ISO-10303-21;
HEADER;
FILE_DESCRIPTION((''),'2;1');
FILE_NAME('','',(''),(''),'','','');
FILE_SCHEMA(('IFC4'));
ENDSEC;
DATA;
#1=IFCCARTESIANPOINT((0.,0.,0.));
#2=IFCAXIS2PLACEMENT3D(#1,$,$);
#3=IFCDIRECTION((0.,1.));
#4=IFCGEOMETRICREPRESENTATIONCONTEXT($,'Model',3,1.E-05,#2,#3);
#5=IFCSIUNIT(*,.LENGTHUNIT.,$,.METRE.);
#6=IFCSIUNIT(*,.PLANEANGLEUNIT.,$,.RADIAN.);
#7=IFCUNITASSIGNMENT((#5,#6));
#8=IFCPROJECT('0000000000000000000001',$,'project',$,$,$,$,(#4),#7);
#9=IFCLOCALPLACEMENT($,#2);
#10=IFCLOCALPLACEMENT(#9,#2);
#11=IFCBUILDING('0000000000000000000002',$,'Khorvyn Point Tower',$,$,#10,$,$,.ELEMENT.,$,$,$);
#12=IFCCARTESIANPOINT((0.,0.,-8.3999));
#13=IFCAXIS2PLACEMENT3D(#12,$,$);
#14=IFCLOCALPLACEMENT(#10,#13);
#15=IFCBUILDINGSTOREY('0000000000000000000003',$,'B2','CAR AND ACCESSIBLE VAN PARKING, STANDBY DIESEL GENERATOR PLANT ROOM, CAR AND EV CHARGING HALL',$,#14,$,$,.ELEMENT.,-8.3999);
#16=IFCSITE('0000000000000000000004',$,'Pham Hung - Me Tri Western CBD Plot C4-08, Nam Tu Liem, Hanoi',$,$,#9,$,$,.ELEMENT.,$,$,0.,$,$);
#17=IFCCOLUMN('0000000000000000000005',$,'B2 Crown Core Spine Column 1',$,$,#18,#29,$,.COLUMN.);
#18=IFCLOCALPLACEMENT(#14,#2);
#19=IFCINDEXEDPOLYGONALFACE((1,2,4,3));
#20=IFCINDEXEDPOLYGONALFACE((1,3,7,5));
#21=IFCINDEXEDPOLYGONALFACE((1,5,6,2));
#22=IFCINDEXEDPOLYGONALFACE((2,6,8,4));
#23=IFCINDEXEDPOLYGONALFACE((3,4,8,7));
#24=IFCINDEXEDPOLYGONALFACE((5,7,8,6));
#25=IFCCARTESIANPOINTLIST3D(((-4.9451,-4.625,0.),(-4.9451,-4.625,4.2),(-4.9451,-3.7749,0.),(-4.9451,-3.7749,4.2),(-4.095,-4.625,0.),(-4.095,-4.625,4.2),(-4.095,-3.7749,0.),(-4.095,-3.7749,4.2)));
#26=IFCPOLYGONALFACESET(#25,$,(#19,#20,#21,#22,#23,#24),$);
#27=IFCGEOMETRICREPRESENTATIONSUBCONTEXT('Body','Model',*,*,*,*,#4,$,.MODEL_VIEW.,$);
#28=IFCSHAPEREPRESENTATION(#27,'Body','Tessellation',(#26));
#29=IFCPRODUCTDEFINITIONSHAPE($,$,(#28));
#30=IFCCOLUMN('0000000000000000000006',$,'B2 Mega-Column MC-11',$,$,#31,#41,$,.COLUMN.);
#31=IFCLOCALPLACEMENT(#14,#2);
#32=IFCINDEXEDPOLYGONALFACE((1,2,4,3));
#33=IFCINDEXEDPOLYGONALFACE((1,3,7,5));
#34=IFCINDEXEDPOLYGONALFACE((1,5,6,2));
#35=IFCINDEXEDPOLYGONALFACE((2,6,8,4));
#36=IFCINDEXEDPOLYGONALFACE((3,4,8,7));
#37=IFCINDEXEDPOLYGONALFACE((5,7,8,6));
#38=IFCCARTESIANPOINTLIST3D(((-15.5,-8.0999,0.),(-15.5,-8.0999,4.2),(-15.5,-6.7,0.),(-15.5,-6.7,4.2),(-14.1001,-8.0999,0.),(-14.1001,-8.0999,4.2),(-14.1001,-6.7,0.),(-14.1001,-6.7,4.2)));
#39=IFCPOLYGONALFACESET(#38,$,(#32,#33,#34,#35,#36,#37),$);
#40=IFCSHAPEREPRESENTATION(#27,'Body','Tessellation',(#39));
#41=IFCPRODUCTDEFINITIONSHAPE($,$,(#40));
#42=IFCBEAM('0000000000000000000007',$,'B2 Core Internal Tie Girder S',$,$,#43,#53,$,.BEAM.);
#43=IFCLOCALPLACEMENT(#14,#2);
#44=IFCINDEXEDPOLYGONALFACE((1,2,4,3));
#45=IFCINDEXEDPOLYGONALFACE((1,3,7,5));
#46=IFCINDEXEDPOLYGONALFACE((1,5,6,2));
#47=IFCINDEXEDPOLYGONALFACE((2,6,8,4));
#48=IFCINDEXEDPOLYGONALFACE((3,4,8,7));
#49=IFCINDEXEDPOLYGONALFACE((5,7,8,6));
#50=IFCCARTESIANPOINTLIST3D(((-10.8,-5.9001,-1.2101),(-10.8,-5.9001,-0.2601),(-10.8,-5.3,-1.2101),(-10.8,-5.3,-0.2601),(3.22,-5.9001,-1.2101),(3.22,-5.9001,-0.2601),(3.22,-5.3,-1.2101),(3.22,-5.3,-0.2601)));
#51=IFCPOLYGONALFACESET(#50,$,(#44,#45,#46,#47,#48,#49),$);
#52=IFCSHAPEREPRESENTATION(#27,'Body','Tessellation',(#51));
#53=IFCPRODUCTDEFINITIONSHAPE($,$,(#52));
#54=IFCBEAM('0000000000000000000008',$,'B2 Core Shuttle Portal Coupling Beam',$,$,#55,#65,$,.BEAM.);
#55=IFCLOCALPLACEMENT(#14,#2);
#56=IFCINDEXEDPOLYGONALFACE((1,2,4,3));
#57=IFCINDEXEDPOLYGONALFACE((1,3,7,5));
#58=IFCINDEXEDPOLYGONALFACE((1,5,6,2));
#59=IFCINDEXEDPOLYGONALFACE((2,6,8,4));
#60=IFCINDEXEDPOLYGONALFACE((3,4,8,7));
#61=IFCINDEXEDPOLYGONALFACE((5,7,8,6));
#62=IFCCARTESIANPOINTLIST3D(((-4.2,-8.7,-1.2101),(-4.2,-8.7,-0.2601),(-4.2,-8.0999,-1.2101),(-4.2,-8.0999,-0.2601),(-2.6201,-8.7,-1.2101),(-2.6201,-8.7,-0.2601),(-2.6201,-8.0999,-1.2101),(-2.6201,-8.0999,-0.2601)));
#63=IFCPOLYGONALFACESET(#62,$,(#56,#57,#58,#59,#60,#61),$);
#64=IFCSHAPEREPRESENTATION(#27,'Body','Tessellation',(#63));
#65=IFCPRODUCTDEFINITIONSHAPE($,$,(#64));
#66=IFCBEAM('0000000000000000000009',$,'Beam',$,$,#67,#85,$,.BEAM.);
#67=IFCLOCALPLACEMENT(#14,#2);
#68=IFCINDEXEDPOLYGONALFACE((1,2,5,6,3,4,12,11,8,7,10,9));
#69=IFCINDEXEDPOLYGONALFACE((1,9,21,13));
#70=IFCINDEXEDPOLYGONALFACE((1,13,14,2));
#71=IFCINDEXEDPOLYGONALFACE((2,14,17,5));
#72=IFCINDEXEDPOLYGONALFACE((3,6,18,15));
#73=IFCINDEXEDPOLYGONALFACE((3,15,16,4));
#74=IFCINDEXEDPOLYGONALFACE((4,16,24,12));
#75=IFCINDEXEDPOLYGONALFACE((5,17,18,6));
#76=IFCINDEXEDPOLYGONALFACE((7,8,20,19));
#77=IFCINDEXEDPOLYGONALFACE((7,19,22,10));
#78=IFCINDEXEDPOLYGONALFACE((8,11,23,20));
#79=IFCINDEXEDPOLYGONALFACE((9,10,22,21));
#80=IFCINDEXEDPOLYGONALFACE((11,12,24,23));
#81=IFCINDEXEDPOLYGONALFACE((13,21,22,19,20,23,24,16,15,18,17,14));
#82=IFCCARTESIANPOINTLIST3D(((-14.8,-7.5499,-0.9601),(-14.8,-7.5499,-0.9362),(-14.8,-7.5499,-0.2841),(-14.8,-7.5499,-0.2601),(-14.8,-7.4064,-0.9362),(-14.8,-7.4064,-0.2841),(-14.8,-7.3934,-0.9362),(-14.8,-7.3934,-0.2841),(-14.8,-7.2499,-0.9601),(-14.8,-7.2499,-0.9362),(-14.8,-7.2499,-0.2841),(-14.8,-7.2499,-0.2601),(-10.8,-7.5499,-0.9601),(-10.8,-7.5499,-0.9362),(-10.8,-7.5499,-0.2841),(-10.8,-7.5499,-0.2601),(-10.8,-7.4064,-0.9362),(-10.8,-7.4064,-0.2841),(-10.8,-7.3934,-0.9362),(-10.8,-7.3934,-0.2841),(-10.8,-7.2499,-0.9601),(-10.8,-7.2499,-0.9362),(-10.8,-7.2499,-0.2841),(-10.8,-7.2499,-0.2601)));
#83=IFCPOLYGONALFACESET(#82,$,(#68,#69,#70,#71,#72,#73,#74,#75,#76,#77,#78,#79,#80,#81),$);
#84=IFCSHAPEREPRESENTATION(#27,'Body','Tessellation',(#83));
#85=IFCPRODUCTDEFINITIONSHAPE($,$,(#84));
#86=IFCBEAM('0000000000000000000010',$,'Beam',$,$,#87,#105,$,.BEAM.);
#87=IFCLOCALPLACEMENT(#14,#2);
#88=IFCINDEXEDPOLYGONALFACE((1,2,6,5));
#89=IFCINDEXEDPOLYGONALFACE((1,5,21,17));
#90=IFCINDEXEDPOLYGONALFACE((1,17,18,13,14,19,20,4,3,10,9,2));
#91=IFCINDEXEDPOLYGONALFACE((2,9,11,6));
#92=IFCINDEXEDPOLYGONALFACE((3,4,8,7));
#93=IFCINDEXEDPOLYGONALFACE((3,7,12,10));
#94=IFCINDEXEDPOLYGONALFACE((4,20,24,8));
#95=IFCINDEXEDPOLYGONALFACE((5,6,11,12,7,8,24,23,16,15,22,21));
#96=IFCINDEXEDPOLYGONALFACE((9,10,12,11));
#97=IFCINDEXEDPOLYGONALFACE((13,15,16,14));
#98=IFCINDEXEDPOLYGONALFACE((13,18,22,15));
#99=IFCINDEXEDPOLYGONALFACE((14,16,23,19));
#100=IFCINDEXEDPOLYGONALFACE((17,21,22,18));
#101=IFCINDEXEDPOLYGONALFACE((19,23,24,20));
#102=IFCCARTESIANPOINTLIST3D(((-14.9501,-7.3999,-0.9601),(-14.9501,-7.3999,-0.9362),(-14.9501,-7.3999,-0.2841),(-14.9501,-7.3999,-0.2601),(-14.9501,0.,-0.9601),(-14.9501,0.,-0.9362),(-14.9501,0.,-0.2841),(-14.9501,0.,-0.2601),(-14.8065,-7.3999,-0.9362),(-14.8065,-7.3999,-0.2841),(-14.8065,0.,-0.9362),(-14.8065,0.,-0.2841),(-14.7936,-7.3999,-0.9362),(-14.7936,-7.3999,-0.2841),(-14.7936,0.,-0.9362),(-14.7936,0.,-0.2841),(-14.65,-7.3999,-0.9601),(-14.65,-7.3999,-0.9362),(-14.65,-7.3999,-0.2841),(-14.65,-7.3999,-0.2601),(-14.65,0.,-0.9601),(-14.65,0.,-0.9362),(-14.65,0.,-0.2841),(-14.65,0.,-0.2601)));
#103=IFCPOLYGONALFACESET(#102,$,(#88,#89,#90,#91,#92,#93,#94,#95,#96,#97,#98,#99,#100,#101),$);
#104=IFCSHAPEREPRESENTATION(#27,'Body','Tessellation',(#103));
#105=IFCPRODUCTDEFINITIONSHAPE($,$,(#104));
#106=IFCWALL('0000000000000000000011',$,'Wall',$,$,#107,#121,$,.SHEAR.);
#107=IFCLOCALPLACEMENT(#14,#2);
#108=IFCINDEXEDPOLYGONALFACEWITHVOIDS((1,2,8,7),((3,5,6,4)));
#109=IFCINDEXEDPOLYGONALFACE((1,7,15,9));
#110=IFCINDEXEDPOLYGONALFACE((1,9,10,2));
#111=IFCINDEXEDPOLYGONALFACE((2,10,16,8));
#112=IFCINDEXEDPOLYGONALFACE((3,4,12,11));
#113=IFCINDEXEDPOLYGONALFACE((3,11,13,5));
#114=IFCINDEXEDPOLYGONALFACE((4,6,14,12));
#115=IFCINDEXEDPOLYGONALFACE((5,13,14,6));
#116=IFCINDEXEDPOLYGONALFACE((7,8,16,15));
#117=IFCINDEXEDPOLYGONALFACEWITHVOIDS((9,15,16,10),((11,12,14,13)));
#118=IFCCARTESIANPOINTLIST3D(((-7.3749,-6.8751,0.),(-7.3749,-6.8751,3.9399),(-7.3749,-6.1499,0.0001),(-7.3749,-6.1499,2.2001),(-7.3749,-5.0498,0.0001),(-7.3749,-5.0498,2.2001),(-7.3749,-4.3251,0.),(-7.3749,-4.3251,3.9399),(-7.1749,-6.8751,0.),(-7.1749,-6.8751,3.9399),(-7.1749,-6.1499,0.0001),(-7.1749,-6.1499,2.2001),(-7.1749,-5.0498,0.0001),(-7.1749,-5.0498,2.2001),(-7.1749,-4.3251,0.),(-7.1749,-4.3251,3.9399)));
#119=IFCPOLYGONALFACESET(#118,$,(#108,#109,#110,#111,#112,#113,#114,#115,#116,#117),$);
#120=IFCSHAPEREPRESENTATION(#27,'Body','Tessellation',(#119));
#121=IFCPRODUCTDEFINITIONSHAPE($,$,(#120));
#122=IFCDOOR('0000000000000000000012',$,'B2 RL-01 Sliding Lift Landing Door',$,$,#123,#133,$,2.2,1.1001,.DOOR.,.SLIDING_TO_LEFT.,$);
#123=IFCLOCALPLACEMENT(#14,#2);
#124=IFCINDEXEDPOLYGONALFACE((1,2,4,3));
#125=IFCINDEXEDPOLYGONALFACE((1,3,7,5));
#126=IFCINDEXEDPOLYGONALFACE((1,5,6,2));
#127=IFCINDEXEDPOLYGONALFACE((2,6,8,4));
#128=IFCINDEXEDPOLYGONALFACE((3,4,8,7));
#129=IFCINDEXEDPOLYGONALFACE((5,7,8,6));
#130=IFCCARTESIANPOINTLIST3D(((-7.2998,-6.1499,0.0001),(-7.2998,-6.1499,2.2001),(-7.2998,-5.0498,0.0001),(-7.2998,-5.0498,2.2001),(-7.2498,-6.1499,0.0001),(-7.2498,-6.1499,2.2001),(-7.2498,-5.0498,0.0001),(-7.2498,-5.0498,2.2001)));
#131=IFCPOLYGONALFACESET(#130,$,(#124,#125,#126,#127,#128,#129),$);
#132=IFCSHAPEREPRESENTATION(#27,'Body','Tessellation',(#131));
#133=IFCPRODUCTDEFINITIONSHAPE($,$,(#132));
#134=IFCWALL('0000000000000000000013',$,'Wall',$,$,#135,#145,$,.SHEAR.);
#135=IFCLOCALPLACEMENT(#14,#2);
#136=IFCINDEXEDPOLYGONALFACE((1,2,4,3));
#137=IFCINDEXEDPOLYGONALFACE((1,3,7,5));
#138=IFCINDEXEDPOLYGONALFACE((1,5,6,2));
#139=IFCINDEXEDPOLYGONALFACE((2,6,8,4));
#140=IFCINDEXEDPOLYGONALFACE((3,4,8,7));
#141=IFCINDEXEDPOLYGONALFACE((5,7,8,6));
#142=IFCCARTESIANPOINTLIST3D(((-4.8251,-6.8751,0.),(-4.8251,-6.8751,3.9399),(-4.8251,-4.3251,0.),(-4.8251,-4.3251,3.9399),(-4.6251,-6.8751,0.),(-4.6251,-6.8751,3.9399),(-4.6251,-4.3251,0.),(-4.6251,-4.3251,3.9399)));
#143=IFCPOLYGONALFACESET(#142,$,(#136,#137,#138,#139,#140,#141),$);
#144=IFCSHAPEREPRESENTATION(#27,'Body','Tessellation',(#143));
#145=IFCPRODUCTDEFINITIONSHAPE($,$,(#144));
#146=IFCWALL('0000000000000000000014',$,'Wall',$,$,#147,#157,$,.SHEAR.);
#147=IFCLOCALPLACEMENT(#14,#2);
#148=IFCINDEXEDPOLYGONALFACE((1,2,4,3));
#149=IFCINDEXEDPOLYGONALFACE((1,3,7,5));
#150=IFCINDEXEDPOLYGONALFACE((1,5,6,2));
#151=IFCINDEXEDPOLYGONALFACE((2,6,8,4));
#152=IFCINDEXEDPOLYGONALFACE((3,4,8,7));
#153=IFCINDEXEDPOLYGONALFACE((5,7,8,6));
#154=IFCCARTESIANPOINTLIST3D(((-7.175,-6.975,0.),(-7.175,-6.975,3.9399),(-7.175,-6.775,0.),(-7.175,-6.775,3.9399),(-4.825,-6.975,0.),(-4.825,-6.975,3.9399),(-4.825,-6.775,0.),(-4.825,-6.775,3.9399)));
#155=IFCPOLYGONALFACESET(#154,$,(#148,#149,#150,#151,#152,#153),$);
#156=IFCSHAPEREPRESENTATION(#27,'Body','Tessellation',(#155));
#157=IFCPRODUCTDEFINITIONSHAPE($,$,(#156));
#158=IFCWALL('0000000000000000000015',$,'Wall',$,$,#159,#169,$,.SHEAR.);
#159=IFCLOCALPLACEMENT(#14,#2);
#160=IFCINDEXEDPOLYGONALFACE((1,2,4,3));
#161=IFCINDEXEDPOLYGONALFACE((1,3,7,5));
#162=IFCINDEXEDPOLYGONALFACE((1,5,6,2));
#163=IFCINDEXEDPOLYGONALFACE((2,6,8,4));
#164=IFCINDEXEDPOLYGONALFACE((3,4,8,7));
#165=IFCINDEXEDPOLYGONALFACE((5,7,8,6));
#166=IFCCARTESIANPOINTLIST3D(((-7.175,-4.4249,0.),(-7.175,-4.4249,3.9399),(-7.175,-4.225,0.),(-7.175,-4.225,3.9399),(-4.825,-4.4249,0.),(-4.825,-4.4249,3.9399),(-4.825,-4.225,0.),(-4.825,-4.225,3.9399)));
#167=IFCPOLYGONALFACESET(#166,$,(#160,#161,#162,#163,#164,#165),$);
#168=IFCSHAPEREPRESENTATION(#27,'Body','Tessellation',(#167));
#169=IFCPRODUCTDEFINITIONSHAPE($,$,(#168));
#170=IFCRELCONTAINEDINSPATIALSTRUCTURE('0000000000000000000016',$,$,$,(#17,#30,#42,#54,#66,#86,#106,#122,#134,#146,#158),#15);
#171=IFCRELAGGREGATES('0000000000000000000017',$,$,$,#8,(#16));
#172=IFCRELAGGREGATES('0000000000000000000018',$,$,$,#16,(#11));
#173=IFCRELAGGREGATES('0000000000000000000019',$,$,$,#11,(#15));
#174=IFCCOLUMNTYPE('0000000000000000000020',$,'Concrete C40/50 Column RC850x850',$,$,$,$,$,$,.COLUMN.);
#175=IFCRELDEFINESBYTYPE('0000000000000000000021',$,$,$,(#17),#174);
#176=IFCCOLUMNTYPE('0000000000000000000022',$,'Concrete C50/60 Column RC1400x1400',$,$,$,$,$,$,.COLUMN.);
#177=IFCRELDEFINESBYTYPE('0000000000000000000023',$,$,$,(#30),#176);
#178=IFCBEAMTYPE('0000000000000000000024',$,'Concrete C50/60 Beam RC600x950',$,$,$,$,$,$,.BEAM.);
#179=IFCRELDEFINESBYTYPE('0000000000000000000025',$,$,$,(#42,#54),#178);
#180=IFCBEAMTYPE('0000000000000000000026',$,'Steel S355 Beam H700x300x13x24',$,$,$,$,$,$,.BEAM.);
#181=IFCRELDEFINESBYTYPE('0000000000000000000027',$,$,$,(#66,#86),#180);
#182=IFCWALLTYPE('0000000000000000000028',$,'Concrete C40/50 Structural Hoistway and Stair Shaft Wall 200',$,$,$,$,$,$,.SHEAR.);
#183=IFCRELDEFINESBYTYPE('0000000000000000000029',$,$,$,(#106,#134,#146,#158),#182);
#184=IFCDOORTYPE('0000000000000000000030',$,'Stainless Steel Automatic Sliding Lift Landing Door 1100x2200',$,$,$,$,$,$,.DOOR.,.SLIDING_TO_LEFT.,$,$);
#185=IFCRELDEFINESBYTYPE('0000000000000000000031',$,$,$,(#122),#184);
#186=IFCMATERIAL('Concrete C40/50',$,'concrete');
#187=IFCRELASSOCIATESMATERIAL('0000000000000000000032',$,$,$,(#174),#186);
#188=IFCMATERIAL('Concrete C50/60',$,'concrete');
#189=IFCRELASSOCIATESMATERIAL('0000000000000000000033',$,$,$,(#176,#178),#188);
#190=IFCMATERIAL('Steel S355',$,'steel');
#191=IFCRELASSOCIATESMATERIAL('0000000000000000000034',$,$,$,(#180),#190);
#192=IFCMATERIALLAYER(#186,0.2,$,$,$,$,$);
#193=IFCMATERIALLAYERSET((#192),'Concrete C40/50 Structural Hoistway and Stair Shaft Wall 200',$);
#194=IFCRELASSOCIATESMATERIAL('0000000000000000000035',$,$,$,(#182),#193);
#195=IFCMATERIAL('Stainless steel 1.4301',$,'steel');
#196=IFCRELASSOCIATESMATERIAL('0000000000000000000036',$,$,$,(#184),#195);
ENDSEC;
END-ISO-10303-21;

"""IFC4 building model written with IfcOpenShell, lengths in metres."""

from ifc_helpers import new_model, si_unit, direction, frame, frame_2d, origin, origin_2d, place, context, subcontext, project, spatial, rectangle, i_section, extrude, material, layer, layer_set, material_profile, profile_set, type_object, element, fill, save


model = new_model("IFC4")

# Units and contexts
model_context = context("Model", 3, precision=1e-05, world=origin(), true_north=direction((0.0, 1.0)))
body_context = subcontext(model_context, "Body", "Model", "MODEL_VIEW")
ifc_project = project(units=[si_unit("LENGTHUNIT", "METRE"), si_unit("PLANEANGLEUNIT", "RADIAN")], contexts=[model_context])

# Site, building, storey
site_placement = place(None, origin())
site = spatial("IfcSite", under=ifc_project, at=site_placement, Name="Pham Hung - Me Tri Western CBD Plot C4-08, Nam Tu Liem, Hanoi", CompositionType="ELEMENT", RefElevation=0.0)
building_placement = place(site_placement, origin())
building = spatial("IfcBuilding", under=site, at=building_placement, Name="Khorvyn Point Tower", CompositionType="ELEMENT")
storey_placement = place(building_placement, frame((0.0, 0.0, -8.3999)))
storey = spatial("IfcBuildingStorey", under=building, at=storey_placement, Name="B2", Description="CAR AND ACCESSIBLE VAN PARKING, STANDBY DIESEL GENERATOR PLANT ROOM, CAR AND EV CHARGING HALL", CompositionType="ELEMENT", Elevation=-8.3999)

# Columns
ifc_material_1 = material(Name="Concrete C40/50", Category="concrete")
ifc_material_profile_1 = material_profile(ifc_material_1, rectangle(XDim=0.8501, YDim=0.8501, at=origin_2d()))
ifc_profile_set_1 = profile_set([ifc_material_profile_1], Name="Concrete C40/50 RC850x850")
column_type_1 = type_object("IfcColumnType", Name="Concrete C40/50 Column RC850x850", PredefinedType="COLUMN", material=ifc_profile_set_1)
column_1_placement = place(storey_placement, frame((-4.52, -4.2, 0.0), z_axis=(0.0, 0.0, 1.0), x_axis=(1.0, 0.0, 0.0)))
element("IfcColumn", 1, at=column_1_placement, inside=storey, type_object=column_type_1, Name="B2 Crown Core Spine Column 1", PredefinedType="COLUMN", context=body_context, shape_type="SweptSolid", body=[
    extrude(rectangle(XDim=0.8501, YDim=0.8501, at=origin_2d()), origin(), (0.0, 0.0, 1.0), 4.2),
])
ifc_material_2 = material(Name="Concrete C50/60", Category="concrete")
ifc_material_profile_2 = material_profile(ifc_material_2, rectangle(XDim=1.3999, YDim=1.3999, at=origin_2d()))
ifc_profile_set_2 = profile_set([ifc_material_profile_2], Name="Concrete C50/60 RC1400x1400")
column_type_2 = type_object("IfcColumnType", Name="Concrete C50/60 Column RC1400x1400", PredefinedType="COLUMN", material=ifc_profile_set_2)
column_2_placement = place(storey_placement, frame((-14.8, -7.3999, 0.0), z_axis=(0.0, 0.0, 1.0), x_axis=(1.0, 0.0, 0.0)))
element("IfcColumn", 2, at=column_2_placement, inside=storey, type_object=column_type_2, Name="B2 Mega-Column MC-11", PredefinedType="COLUMN", context=body_context, shape_type="SweptSolid", body=[
    extrude(rectangle(XDim=1.3999, YDim=1.3999, at=origin_2d()), origin(), (0.0, 0.0, 1.0), 4.2),
])

# Beams
ifc_material_profile_3 = material_profile(ifc_material_2, rectangle(XDim=0.6001, YDim=0.95, at=origin_2d()))
ifc_profile_set_3 = profile_set([ifc_material_profile_3], Name="Concrete C50/60 RC600x950")
beam_type_1 = type_object("IfcBeamType", Name="Concrete C50/60 Beam RC600x950", PredefinedType="BEAM", material=ifc_profile_set_3)
beam_1_placement = place(storey_placement, frame((-10.8, -5.6001, -0.7351), z_axis=(1.0, 0.0, 0.0), x_axis=(0.0, 1.0, 0.0)))
element("IfcBeam", 3, at=beam_1_placement, inside=storey, type_object=beam_type_1, Name="B2 Core Internal Tie Girder S", PredefinedType="BEAM", context=body_context, shape_type="SweptSolid", body=[
    extrude(rectangle(XDim=0.6001, YDim=0.95, at=origin_2d()), origin(), (0.0, 0.0, 1.0), 14.02),
])
beam_2_placement = place(storey_placement, frame((-4.2, -8.3999, -0.7351), z_axis=(1.0, 0.0, 0.0), x_axis=(0.0, 1.0, 0.0)))
element("IfcBeam", 4, at=beam_2_placement, inside=storey, type_object=beam_type_1, Name="B2 Core Shuttle Portal Coupling Beam", PredefinedType="BEAM", context=body_context, shape_type="SweptSolid", body=[
    extrude(rectangle(XDim=0.6001, YDim=0.95, at=origin_2d()), origin(), (0.0, 0.0, 1.0), 1.5798),
])
ifc_material_3 = material(Name="Steel S355", Category="steel")
ifc_material_profile_4 = material_profile(ifc_material_3, i_section(OverallWidth=0.3, OverallDepth=0.7, WebThickness=0.0129, FlangeThickness=0.0239, at=origin_2d()))
ifc_profile_set_4 = profile_set([ifc_material_profile_4], Name="Steel S355 H700x300x13x24")
beam_type_2 = type_object("IfcBeamType", Name="Steel S355 Beam H700x300x13x24", PredefinedType="BEAM", material=ifc_profile_set_4)
beam_3_placement = place(storey_placement, frame((-14.8, -7.3999, -0.6101), z_axis=(1.0, 0.0, 0.0), x_axis=(0.0, 1.0, 0.0)))
element("IfcBeam", 5, at=beam_3_placement, inside=storey, type_object=beam_type_2, Name="Beam", PredefinedType="BEAM", context=body_context, shape_type="SweptSolid", body=[
    extrude(i_section(OverallWidth=0.3, OverallDepth=0.7, WebThickness=0.0129, FlangeThickness=0.0239, at=origin_2d()), origin(), (0.0, 0.0, 1.0), 4.0),
])
beam_4_placement = place(storey_placement, frame((-14.8, -7.3999, -0.6101), z_axis=(0.0, 1.0, 0.0), x_axis=(-1.0, 0.0, 0.0)))
element("IfcBeam", 6, at=beam_4_placement, inside=storey, type_object=beam_type_2, Name="Beam", PredefinedType="BEAM", context=body_context, shape_type="SweptSolid", body=[
    extrude(i_section(OverallWidth=0.3, OverallDepth=0.7, WebThickness=0.0129, FlangeThickness=0.0239, at=origin_2d()), origin(), (0.0, 0.0, 1.0), 7.3999),
])

# Wall, opening, door
ifc_layer_1 = layer(ifc_material_1, 0.2)
ifc_layer_set_1 = layer_set([ifc_layer_1], Name="Concrete C40/50 Structural Hoistway and Stair Shaft Wall 200")
wall_type_1 = type_object("IfcWallType", Name="Concrete C40/50 Structural Hoistway and Stair Shaft Wall 200", PredefinedType="SHEAR", material=ifc_layer_set_1)
wall_1_placement = place(storey_placement, frame((-7.2749, -6.875, 0.0), z_axis=(0.0, 0.0, 1.0), x_axis=(0.0, 1.0, 0.0)))
wall_1 = element("IfcWall", 7, at=wall_1_placement, inside=storey, type_object=wall_type_1, Name="Wall", PredefinedType="SHEAR", context=body_context, shape_type="SweptSolid", body=[
    extrude(rectangle(XDim=2.55, YDim=0.2, at=frame_2d((1.2749, 0.0))), origin(), (0.0, 0.0, 1.0), 3.9399),
])
opening_1_placement = place(wall_1_placement, frame((0.7251, 0.0, 0.0)))
opening_1 = element("IfcOpeningElement", 8, at=opening_1_placement, cuts=wall_1, PredefinedType="OPENING", context=body_context, shape_type="SweptSolid", body=[
    extrude(rectangle(XDim=1.1001, YDim=2.2, at=frame_2d((0.55, 1.1001))), frame((0.0, 0.1099, 0.0), z_axis=(0.0, -1.0, 0.0), x_axis=(1.0, 0.0, 0.0)), (0.0, 0.0, 1.0), 0.22),
])
ifc_material_4 = material(Name="Stainless steel 1.4301", Category="steel")
door_type = type_object("IfcDoorType", Name="Stainless Steel Automatic Sliding Lift Landing Door 1100x2200", OperationType="SLIDING_TO_LEFT", PredefinedType="DOOR", material=ifc_material_4)
door_1_placement = place(opening_1_placement, origin())
door_1 = element("IfcDoor", 9, at=door_1_placement, inside=storey, type_object=door_type, Name="B2 RL-01 Sliding Lift Landing Door", OperationType="SLIDING_TO_LEFT", OverallHeight=2.2, OverallWidth=1.1001, PredefinedType="DOOR", context=body_context, shape_type="SweptSolid", body=[
    extrude(rectangle(XDim=1.1001, YDim=2.2, at=frame_2d((0.55, 1.1001))), frame((0.0, 0.0249, 0.0), z_axis=(0.0, -1.0, 0.0), x_axis=(1.0, 0.0, 0.0)), (0.0, 0.0, 1.0), 0.05),
])
fill(opening_1, door_1)

# Walls
wall_2_placement = place(storey_placement, frame((-4.7251, -6.875, 0.0), z_axis=(0.0, 0.0, 1.0), x_axis=(0.0, 1.0, 0.0)))
element("IfcWall", 10, at=wall_2_placement, inside=storey, type_object=wall_type_1, Name="Wall", PredefinedType="SHEAR", context=body_context, shape_type="SweptSolid", body=[
    extrude(rectangle(XDim=2.55, YDim=0.2, at=frame_2d((1.2749, 0.0))), origin(), (0.0, 0.0, 1.0), 3.9399),
])
for number, where, z_axis, x_axis, name in (
    (11, (-7.175, -6.875, 0.0), (0.0, 0.0, 1.0), (1.0, 0.0, 0.0), "Wall"),
    (12, (-7.175, -4.325, 0.0), (0.0, 0.0, 1.0), (1.0, 0.0, 0.0), "Wall"),
):
    element("IfcWall", number, at=place(storey_placement, frame(where, z_axis=z_axis, x_axis=x_axis)), inside=storey, type_object=wall_type_1, Name=name, PredefinedType="SHEAR", context=body_context, shape_type="SweptSolid", body=[
        extrude(rectangle(XDim=2.3501, YDim=0.2, at=frame_2d((1.175, 0.0))), origin(), (0.0, 0.0, 1.0), 3.9399),
    ])

save(model, "model.ifc")
